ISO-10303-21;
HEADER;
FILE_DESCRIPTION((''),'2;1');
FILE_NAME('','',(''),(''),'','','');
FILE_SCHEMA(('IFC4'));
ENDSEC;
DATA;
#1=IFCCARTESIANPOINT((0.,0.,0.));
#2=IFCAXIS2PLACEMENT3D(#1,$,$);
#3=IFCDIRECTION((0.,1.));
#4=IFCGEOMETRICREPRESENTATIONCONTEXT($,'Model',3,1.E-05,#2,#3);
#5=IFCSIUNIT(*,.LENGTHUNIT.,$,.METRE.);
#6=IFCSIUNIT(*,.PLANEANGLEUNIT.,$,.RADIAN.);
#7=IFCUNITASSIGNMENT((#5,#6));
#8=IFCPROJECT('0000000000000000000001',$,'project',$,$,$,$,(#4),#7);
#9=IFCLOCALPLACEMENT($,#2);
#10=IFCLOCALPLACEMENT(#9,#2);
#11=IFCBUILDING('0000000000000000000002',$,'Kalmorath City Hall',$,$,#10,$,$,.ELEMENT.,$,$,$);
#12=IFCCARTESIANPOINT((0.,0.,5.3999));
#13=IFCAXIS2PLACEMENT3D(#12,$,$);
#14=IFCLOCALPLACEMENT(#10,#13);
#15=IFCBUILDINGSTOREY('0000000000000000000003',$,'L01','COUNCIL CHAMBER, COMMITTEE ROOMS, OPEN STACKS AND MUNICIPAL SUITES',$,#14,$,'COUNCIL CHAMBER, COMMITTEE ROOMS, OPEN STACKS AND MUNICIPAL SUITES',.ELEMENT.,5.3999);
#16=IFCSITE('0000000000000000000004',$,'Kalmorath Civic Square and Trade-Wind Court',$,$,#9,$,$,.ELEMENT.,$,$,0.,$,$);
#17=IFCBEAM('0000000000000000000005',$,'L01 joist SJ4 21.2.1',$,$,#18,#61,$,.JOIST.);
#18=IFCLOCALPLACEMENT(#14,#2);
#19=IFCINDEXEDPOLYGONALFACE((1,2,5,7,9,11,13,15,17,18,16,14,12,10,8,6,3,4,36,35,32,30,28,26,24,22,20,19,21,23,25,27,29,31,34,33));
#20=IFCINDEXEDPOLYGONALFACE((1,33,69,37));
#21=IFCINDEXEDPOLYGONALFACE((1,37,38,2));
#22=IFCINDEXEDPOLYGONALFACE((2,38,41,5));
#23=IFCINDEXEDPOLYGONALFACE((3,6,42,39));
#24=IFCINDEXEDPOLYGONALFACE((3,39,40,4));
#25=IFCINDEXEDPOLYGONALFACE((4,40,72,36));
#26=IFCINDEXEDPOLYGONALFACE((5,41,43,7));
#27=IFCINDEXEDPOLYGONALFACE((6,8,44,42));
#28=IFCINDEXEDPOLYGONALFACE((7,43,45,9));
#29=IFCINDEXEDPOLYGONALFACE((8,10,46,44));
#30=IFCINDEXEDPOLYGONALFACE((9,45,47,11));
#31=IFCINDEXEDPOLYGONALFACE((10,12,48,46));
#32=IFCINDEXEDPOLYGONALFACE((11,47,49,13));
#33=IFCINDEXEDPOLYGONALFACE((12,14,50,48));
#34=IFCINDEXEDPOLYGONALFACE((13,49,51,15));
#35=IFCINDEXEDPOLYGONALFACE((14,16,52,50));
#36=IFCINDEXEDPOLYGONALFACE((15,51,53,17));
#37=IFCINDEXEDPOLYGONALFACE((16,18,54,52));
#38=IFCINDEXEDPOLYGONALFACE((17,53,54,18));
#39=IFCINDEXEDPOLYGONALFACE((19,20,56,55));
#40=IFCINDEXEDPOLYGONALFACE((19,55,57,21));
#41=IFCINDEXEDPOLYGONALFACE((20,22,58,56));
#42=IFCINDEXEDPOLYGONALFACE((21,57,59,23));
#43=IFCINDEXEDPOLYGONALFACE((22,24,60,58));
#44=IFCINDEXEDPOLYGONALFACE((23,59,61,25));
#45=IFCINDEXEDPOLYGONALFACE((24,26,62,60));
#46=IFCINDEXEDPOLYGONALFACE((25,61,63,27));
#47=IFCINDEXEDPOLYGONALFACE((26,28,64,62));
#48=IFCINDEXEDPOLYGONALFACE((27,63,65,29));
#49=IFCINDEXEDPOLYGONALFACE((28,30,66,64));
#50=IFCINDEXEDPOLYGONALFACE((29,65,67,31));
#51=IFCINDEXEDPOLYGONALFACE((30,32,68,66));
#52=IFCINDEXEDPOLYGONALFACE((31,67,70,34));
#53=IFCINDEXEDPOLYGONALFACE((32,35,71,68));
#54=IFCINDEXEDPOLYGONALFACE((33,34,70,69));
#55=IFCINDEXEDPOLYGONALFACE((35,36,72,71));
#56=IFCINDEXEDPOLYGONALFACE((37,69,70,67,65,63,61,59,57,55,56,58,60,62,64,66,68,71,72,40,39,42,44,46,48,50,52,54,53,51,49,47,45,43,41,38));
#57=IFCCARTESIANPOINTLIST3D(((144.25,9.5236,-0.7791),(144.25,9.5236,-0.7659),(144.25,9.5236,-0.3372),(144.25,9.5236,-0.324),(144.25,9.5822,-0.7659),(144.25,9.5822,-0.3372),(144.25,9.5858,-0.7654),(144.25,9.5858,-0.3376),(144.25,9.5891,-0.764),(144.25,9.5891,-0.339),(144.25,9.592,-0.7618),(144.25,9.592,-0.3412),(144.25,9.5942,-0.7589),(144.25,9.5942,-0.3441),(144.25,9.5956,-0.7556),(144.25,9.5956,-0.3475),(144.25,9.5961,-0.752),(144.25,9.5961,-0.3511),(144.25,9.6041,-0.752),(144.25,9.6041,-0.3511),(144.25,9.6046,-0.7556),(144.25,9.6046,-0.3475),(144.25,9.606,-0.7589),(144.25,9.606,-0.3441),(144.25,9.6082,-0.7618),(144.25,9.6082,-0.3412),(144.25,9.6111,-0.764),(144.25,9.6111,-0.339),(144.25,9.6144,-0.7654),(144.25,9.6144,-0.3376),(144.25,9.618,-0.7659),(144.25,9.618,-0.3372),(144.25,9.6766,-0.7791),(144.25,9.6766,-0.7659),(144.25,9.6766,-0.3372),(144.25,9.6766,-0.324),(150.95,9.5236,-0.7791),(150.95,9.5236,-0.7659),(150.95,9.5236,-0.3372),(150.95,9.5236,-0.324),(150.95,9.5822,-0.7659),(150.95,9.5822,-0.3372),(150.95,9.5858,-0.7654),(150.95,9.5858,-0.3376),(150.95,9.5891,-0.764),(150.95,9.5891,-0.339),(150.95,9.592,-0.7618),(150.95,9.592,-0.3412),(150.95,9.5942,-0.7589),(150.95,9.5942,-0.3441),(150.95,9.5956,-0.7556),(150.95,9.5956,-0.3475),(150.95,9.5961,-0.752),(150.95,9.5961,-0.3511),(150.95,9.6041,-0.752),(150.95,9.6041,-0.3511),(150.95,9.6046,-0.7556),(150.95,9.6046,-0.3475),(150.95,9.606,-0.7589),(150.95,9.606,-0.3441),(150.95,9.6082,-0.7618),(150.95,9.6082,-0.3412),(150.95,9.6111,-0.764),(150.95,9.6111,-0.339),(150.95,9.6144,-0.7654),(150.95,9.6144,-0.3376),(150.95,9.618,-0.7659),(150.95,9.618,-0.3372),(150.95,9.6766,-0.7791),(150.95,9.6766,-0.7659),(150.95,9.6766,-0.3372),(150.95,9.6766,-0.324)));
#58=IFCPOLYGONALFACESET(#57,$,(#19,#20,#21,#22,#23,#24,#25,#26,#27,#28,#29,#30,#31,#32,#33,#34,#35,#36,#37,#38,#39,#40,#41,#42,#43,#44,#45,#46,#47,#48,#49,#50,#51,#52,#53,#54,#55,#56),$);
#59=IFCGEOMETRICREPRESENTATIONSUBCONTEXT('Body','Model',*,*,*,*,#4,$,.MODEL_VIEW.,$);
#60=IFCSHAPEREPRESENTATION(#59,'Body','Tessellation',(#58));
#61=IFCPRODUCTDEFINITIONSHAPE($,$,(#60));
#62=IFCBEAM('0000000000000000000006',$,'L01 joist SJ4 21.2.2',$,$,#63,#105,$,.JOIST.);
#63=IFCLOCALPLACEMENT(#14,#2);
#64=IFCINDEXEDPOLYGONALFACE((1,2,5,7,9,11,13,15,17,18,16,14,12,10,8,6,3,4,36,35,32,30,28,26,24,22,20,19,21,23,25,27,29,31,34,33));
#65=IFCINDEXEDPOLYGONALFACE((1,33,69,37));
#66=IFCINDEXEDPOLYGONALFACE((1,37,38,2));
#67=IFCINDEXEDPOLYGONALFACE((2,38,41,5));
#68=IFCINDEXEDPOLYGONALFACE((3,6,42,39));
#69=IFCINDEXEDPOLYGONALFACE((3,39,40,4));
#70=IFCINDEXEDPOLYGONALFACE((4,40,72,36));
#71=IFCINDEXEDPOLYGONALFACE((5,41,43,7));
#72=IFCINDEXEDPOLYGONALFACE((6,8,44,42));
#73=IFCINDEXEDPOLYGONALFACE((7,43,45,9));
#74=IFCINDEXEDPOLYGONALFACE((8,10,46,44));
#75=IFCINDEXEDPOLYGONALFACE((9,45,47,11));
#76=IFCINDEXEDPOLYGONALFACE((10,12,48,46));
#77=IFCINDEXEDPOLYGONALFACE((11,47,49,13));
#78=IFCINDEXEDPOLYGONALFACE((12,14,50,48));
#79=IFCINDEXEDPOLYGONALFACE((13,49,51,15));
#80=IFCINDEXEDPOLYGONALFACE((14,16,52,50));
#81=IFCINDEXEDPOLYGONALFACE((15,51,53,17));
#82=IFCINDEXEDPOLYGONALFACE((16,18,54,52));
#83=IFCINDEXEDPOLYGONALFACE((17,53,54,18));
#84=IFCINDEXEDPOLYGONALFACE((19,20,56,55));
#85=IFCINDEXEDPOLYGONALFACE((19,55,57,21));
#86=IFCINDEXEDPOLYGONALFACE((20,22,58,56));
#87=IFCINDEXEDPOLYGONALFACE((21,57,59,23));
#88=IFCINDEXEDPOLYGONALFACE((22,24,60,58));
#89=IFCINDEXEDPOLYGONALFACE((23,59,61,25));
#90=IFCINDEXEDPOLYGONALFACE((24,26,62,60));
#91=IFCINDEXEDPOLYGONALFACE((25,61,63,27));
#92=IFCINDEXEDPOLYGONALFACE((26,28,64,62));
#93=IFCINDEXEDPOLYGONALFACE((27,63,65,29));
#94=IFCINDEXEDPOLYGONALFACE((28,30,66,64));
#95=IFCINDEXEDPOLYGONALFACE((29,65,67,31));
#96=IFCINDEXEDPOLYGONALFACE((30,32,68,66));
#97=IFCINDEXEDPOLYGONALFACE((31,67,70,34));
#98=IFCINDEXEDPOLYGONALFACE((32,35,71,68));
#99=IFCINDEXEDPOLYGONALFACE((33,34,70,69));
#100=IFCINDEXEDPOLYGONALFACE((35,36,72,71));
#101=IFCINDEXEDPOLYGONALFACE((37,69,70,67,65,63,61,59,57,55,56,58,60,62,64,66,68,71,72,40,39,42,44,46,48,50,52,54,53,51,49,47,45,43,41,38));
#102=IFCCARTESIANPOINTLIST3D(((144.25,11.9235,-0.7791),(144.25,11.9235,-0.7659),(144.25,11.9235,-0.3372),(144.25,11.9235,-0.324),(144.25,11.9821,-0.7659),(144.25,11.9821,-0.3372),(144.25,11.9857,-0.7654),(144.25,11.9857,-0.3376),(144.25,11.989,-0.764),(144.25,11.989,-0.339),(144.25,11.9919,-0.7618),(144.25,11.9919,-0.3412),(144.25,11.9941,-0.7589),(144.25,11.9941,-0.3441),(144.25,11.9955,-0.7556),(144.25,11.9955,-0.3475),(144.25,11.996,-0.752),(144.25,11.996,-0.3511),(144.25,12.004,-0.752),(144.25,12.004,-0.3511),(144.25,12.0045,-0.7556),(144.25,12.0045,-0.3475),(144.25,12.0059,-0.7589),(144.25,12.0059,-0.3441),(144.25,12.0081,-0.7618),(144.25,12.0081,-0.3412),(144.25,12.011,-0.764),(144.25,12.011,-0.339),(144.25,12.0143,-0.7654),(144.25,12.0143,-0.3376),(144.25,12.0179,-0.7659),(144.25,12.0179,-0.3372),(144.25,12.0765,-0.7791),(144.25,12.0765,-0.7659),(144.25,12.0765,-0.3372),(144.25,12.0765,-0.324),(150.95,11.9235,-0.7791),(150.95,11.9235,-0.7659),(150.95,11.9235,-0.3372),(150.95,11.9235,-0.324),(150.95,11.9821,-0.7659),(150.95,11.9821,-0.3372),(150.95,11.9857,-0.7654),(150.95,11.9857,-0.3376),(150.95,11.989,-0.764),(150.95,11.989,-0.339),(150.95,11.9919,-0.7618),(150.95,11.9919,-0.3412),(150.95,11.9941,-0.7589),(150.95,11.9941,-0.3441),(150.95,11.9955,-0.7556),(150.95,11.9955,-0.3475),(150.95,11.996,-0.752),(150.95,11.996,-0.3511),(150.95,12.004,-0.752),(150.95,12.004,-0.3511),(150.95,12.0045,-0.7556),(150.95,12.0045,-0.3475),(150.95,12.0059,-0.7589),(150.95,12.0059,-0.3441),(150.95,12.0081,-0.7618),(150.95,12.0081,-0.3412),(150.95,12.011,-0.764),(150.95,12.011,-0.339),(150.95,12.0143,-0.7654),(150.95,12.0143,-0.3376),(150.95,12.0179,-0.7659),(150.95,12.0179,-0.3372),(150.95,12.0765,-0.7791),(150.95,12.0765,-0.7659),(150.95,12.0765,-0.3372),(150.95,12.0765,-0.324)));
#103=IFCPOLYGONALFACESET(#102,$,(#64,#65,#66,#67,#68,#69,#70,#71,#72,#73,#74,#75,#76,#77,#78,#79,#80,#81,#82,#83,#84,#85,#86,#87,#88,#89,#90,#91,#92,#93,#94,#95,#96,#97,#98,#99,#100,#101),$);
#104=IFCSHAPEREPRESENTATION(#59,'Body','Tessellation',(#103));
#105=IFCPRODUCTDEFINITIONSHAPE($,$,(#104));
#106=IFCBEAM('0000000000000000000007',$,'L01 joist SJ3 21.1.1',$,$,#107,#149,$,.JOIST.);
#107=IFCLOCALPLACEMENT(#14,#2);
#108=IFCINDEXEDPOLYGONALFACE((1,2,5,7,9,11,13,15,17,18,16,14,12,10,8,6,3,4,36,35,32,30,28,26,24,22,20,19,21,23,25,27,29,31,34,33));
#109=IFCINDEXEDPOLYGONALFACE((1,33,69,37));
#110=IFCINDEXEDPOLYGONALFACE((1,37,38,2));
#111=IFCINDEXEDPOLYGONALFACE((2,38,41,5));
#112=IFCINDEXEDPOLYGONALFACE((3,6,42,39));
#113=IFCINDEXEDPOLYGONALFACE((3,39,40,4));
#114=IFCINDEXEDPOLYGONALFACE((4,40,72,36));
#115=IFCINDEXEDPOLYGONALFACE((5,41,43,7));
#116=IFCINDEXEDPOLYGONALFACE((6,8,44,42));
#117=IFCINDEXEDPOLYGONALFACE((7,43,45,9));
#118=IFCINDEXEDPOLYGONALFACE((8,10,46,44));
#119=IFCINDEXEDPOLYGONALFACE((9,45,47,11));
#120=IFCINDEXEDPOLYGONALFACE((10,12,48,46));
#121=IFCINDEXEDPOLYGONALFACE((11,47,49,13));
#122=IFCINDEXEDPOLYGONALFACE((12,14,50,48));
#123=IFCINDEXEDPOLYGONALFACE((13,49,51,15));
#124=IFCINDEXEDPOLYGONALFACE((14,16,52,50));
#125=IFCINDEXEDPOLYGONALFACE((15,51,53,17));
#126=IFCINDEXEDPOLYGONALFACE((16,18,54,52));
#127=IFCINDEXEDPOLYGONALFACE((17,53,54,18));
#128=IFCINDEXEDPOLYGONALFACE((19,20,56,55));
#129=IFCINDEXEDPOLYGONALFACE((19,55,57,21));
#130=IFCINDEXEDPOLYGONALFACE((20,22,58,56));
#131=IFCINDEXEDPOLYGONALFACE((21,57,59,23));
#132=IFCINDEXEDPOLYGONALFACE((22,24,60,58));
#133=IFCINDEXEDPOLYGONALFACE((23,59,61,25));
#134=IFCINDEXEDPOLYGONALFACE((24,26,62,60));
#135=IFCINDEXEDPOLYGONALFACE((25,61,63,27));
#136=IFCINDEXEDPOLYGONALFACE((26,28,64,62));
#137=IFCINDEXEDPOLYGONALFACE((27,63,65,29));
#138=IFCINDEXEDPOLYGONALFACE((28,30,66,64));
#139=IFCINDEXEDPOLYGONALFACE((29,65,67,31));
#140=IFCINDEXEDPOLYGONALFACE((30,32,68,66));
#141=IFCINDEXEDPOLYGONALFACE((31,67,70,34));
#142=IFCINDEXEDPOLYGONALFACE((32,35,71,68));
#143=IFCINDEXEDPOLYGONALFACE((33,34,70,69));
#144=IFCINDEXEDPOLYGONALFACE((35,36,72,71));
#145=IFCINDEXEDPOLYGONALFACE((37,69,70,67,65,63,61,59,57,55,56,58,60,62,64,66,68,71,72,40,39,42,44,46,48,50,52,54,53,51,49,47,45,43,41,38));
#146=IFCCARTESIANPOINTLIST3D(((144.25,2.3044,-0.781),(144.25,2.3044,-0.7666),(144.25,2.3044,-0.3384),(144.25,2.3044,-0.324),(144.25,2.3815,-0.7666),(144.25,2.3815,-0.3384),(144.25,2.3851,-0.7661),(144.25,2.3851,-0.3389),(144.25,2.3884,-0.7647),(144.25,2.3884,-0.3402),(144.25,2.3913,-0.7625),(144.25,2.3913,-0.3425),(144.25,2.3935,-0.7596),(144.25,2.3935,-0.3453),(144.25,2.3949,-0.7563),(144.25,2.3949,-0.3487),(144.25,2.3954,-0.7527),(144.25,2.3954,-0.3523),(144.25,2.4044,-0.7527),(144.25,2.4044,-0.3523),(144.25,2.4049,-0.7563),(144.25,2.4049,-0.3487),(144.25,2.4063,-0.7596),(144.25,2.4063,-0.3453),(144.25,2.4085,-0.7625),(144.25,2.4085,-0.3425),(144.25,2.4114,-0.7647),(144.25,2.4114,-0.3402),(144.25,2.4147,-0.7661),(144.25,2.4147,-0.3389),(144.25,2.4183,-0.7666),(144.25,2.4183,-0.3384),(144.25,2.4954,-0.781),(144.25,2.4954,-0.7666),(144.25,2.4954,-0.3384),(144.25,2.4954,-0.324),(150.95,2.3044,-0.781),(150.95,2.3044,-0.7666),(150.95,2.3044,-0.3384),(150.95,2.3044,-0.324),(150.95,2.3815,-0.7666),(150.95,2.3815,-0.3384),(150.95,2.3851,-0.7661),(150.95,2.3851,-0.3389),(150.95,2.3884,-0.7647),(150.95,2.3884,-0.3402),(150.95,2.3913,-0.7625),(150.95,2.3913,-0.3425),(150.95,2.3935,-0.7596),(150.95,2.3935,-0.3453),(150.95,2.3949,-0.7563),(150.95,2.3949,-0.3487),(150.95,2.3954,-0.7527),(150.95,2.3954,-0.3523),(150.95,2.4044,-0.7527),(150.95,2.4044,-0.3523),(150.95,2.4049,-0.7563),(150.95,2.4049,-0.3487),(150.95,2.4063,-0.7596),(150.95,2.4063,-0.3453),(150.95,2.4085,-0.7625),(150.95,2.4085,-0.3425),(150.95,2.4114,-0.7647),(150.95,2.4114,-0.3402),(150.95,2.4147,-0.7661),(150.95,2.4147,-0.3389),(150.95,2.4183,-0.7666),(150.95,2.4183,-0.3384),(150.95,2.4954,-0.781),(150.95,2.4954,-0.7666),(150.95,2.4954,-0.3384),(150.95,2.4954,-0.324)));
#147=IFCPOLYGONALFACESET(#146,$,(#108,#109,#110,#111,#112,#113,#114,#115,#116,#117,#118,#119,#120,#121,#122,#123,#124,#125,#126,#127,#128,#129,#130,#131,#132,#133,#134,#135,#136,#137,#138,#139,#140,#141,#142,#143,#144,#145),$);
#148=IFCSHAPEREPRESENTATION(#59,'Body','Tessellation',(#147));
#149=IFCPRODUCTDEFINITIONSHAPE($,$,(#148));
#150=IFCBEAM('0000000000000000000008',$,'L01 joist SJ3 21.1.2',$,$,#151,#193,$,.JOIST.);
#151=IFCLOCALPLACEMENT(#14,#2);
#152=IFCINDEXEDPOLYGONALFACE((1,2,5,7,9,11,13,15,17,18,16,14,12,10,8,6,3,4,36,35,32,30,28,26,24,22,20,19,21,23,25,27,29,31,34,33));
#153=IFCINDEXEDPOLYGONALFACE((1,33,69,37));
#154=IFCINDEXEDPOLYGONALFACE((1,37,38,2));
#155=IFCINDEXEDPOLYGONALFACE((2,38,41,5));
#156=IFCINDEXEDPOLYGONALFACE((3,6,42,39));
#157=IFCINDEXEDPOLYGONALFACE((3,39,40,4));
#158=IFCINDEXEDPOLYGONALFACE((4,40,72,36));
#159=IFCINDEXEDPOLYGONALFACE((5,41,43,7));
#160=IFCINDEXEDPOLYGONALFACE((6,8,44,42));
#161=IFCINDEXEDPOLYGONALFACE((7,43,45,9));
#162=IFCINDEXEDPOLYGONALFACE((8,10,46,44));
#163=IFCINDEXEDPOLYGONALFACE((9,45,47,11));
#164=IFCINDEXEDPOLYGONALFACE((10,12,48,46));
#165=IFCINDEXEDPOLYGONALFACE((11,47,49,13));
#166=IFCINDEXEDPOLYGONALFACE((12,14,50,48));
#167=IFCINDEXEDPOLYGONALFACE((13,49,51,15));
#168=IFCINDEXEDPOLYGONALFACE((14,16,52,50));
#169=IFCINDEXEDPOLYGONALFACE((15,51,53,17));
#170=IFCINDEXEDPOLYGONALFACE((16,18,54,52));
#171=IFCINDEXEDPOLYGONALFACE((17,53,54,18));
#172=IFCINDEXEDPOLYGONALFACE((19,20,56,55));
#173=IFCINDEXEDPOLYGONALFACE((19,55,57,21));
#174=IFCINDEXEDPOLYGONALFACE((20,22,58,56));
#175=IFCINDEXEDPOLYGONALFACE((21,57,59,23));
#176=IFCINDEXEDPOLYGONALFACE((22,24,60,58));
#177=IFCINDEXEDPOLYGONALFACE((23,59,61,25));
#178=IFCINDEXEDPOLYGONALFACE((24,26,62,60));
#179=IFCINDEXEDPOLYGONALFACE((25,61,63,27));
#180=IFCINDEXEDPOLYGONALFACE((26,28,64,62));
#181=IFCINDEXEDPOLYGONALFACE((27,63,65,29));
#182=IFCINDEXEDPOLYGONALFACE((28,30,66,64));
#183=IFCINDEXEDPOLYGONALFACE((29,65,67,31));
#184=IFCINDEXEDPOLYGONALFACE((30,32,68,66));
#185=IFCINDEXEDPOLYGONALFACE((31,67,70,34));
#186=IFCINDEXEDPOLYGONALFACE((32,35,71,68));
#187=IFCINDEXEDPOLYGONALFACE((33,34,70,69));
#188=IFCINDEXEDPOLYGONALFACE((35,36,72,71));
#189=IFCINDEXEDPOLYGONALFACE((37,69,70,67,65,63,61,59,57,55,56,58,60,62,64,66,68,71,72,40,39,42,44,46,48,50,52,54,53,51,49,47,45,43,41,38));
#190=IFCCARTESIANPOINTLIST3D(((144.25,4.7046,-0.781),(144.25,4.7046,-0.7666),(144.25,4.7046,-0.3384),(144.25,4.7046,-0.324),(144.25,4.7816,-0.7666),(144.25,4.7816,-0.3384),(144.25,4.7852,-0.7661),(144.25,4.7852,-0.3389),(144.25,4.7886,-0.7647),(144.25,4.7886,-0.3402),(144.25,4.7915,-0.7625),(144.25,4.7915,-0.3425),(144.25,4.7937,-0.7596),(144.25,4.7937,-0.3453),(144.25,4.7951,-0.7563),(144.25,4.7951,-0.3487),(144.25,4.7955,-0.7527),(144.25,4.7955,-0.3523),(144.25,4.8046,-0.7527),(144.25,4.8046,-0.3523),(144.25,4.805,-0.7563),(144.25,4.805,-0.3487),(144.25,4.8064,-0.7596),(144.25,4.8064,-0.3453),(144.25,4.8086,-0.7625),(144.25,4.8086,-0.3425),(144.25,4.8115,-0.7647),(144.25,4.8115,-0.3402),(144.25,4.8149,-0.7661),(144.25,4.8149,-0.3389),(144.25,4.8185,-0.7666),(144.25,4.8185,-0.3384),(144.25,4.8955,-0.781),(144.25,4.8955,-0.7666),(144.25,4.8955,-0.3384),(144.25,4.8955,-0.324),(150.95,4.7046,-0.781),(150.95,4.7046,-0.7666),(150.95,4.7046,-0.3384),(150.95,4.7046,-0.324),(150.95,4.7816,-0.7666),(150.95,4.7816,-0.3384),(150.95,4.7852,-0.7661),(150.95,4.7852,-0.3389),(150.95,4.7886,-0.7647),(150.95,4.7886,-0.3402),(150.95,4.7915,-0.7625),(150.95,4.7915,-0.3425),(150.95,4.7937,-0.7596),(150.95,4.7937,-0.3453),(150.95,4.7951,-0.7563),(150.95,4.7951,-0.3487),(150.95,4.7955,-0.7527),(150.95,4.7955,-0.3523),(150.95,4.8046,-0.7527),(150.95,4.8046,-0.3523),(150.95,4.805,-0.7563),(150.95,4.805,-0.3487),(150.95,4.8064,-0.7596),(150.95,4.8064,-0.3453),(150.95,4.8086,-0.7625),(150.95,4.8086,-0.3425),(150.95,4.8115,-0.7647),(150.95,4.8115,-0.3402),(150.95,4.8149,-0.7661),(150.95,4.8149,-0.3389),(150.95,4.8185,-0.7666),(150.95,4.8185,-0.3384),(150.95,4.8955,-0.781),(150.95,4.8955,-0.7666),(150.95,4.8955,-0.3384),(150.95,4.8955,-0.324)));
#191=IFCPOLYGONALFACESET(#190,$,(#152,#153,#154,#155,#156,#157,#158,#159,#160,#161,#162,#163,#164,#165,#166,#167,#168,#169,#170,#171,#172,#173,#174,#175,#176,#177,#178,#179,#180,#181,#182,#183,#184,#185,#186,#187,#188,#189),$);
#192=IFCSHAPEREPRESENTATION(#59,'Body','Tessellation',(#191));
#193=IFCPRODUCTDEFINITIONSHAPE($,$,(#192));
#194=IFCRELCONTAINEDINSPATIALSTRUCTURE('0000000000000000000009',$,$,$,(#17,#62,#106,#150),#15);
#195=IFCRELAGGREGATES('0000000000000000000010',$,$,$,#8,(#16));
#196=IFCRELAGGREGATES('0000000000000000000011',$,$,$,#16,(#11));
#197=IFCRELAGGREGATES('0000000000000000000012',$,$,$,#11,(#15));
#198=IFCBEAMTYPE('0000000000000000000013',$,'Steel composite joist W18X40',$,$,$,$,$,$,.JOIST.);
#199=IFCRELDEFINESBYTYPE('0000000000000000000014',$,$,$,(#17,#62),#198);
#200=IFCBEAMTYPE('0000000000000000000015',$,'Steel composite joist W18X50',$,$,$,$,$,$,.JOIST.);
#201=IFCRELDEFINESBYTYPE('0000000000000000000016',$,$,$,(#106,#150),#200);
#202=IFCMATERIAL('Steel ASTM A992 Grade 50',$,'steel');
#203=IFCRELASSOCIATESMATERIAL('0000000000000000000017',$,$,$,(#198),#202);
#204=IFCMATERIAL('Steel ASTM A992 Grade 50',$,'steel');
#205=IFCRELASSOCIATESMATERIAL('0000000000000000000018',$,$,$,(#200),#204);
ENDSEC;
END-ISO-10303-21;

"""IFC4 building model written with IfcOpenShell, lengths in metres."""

from ifc_helpers import new_model, si_unit, direction, frame, origin, origin_2d, place, context, subcontext, project, spatial, i_section, extrude, material, material_profile, profile_set, type_object, element, save


model = new_model("IFC4")

# Units and contexts
model_context = context("Model", 3, precision=1e-05, world=origin(), true_north=direction((0.0, 1.0)))
body_context = subcontext(model_context, "Body", "Model", "MODEL_VIEW")
ifc_project = project(units=[si_unit("LENGTHUNIT", "METRE"), si_unit("PLANEANGLEUNIT", "RADIAN")], contexts=[model_context])

# Site, building, storey
site_placement = place(None, origin())
site = spatial("IfcSite", under=ifc_project, at=site_placement, Name="Kalmorath Civic Square and Trade-Wind Court", CompositionType="ELEMENT", RefElevation=0.0)
building_placement = place(site_placement, origin())
building = spatial("IfcBuilding", under=site, at=building_placement, Name="Kalmorath City Hall", CompositionType="ELEMENT")
storey_placement = place(building_placement, frame((0.0, 0.0, 5.3999)))
storey = spatial("IfcBuildingStorey", under=building, at=storey_placement, Name="L01", Description="COUNCIL CHAMBER, COMMITTEE ROOMS, OPEN STACKS AND MUNICIPAL SUITES", LongName="COUNCIL CHAMBER, COMMITTEE ROOMS, OPEN STACKS AND MUNICIPAL SUITES", CompositionType="ELEMENT", Elevation=5.3999)

# Beams
ifc_material_1 = material(Name="Steel ASTM A992 Grade 50", Category="steel")
ifc_material_profile_1 = material_profile(ifc_material_1, i_section(OverallWidth=0.1531, OverallDepth=0.4551, WebThickness=0.0081, FlangeThickness=0.0132, FilletRadius=0.0139, at=origin_2d()), Name="W18X40")
ifc_profile_set_1 = profile_set([ifc_material_profile_1], Name="Steel ASTM A992 Grade 50")
beam_type_1 = type_object("IfcBeamType", Name="Steel composite joist W18X40", PredefinedType="JOIST", material=ifc_profile_set_1)
for number, where, z_axis, x_axis, name in (
    (1, (144.25, 9.6001, -0.5515), (1.0, 0.0, 0.0), (0.0, 1.0, 0.0), "L01 joist SJ4 21.2.1"),
    (2, (144.25, 12.0, -0.5515), (1.0, 0.0, 0.0), (0.0, 1.0, 0.0), "L01 joist SJ4 21.2.2"),
):
    element("IfcBeam", number, at=place(storey_placement, frame(where, z_axis=z_axis, x_axis=x_axis)), inside=storey, type_object=beam_type_1, Name=name, PredefinedType="JOIST", context=body_context, shape_type="SweptSolid", body=[
        extrude(i_section(OverallWidth=0.1531, OverallDepth=0.4551, WebThickness=0.0081, FlangeThickness=0.0132, FilletRadius=0.0139, at=origin_2d()), origin(), (0.0, 0.0, 1.0), 6.7),
    ])
ifc_material_2 = material(Name="Steel ASTM A992 Grade 50", Category="steel")
ifc_material_profile_2 = material_profile(ifc_material_2, i_section(OverallWidth=0.1909, OverallDepth=0.457, WebThickness=0.009, FlangeThickness=0.0144, FilletRadius=0.0139, at=origin_2d()), Name="W18X50")
ifc_profile_set_2 = profile_set([ifc_material_profile_2], Name="Steel ASTM A992 Grade 50")
beam_type_2 = type_object("IfcBeamType", Name="Steel composite joist W18X50", PredefinedType="JOIST", material=ifc_profile_set_2)
for number, where, z_axis, x_axis, name in (
    (3, (144.25, 2.3999, -0.5525), (1.0, 0.0, 0.0), (0.0, 1.0, 0.0), "L01 joist SJ3 21.1.1"),
    (4, (144.25, 4.8, -0.5525), (1.0, 0.0, 0.0), (0.0, 1.0, 0.0), "L01 joist SJ3 21.1.2"),
):
    element("IfcBeam", number, at=place(storey_placement, frame(where, z_axis=z_axis, x_axis=x_axis)), inside=storey, type_object=beam_type_2, Name=name, PredefinedType="JOIST", context=body_context, shape_type="SweptSolid", body=[
        extrude(i_section(OverallWidth=0.1909, OverallDepth=0.457, WebThickness=0.009, FlangeThickness=0.0144, FilletRadius=0.0139, at=origin_2d()), origin(), (0.0, 0.0, 1.0), 6.7),
    ])

save(model, "model.ifc")
